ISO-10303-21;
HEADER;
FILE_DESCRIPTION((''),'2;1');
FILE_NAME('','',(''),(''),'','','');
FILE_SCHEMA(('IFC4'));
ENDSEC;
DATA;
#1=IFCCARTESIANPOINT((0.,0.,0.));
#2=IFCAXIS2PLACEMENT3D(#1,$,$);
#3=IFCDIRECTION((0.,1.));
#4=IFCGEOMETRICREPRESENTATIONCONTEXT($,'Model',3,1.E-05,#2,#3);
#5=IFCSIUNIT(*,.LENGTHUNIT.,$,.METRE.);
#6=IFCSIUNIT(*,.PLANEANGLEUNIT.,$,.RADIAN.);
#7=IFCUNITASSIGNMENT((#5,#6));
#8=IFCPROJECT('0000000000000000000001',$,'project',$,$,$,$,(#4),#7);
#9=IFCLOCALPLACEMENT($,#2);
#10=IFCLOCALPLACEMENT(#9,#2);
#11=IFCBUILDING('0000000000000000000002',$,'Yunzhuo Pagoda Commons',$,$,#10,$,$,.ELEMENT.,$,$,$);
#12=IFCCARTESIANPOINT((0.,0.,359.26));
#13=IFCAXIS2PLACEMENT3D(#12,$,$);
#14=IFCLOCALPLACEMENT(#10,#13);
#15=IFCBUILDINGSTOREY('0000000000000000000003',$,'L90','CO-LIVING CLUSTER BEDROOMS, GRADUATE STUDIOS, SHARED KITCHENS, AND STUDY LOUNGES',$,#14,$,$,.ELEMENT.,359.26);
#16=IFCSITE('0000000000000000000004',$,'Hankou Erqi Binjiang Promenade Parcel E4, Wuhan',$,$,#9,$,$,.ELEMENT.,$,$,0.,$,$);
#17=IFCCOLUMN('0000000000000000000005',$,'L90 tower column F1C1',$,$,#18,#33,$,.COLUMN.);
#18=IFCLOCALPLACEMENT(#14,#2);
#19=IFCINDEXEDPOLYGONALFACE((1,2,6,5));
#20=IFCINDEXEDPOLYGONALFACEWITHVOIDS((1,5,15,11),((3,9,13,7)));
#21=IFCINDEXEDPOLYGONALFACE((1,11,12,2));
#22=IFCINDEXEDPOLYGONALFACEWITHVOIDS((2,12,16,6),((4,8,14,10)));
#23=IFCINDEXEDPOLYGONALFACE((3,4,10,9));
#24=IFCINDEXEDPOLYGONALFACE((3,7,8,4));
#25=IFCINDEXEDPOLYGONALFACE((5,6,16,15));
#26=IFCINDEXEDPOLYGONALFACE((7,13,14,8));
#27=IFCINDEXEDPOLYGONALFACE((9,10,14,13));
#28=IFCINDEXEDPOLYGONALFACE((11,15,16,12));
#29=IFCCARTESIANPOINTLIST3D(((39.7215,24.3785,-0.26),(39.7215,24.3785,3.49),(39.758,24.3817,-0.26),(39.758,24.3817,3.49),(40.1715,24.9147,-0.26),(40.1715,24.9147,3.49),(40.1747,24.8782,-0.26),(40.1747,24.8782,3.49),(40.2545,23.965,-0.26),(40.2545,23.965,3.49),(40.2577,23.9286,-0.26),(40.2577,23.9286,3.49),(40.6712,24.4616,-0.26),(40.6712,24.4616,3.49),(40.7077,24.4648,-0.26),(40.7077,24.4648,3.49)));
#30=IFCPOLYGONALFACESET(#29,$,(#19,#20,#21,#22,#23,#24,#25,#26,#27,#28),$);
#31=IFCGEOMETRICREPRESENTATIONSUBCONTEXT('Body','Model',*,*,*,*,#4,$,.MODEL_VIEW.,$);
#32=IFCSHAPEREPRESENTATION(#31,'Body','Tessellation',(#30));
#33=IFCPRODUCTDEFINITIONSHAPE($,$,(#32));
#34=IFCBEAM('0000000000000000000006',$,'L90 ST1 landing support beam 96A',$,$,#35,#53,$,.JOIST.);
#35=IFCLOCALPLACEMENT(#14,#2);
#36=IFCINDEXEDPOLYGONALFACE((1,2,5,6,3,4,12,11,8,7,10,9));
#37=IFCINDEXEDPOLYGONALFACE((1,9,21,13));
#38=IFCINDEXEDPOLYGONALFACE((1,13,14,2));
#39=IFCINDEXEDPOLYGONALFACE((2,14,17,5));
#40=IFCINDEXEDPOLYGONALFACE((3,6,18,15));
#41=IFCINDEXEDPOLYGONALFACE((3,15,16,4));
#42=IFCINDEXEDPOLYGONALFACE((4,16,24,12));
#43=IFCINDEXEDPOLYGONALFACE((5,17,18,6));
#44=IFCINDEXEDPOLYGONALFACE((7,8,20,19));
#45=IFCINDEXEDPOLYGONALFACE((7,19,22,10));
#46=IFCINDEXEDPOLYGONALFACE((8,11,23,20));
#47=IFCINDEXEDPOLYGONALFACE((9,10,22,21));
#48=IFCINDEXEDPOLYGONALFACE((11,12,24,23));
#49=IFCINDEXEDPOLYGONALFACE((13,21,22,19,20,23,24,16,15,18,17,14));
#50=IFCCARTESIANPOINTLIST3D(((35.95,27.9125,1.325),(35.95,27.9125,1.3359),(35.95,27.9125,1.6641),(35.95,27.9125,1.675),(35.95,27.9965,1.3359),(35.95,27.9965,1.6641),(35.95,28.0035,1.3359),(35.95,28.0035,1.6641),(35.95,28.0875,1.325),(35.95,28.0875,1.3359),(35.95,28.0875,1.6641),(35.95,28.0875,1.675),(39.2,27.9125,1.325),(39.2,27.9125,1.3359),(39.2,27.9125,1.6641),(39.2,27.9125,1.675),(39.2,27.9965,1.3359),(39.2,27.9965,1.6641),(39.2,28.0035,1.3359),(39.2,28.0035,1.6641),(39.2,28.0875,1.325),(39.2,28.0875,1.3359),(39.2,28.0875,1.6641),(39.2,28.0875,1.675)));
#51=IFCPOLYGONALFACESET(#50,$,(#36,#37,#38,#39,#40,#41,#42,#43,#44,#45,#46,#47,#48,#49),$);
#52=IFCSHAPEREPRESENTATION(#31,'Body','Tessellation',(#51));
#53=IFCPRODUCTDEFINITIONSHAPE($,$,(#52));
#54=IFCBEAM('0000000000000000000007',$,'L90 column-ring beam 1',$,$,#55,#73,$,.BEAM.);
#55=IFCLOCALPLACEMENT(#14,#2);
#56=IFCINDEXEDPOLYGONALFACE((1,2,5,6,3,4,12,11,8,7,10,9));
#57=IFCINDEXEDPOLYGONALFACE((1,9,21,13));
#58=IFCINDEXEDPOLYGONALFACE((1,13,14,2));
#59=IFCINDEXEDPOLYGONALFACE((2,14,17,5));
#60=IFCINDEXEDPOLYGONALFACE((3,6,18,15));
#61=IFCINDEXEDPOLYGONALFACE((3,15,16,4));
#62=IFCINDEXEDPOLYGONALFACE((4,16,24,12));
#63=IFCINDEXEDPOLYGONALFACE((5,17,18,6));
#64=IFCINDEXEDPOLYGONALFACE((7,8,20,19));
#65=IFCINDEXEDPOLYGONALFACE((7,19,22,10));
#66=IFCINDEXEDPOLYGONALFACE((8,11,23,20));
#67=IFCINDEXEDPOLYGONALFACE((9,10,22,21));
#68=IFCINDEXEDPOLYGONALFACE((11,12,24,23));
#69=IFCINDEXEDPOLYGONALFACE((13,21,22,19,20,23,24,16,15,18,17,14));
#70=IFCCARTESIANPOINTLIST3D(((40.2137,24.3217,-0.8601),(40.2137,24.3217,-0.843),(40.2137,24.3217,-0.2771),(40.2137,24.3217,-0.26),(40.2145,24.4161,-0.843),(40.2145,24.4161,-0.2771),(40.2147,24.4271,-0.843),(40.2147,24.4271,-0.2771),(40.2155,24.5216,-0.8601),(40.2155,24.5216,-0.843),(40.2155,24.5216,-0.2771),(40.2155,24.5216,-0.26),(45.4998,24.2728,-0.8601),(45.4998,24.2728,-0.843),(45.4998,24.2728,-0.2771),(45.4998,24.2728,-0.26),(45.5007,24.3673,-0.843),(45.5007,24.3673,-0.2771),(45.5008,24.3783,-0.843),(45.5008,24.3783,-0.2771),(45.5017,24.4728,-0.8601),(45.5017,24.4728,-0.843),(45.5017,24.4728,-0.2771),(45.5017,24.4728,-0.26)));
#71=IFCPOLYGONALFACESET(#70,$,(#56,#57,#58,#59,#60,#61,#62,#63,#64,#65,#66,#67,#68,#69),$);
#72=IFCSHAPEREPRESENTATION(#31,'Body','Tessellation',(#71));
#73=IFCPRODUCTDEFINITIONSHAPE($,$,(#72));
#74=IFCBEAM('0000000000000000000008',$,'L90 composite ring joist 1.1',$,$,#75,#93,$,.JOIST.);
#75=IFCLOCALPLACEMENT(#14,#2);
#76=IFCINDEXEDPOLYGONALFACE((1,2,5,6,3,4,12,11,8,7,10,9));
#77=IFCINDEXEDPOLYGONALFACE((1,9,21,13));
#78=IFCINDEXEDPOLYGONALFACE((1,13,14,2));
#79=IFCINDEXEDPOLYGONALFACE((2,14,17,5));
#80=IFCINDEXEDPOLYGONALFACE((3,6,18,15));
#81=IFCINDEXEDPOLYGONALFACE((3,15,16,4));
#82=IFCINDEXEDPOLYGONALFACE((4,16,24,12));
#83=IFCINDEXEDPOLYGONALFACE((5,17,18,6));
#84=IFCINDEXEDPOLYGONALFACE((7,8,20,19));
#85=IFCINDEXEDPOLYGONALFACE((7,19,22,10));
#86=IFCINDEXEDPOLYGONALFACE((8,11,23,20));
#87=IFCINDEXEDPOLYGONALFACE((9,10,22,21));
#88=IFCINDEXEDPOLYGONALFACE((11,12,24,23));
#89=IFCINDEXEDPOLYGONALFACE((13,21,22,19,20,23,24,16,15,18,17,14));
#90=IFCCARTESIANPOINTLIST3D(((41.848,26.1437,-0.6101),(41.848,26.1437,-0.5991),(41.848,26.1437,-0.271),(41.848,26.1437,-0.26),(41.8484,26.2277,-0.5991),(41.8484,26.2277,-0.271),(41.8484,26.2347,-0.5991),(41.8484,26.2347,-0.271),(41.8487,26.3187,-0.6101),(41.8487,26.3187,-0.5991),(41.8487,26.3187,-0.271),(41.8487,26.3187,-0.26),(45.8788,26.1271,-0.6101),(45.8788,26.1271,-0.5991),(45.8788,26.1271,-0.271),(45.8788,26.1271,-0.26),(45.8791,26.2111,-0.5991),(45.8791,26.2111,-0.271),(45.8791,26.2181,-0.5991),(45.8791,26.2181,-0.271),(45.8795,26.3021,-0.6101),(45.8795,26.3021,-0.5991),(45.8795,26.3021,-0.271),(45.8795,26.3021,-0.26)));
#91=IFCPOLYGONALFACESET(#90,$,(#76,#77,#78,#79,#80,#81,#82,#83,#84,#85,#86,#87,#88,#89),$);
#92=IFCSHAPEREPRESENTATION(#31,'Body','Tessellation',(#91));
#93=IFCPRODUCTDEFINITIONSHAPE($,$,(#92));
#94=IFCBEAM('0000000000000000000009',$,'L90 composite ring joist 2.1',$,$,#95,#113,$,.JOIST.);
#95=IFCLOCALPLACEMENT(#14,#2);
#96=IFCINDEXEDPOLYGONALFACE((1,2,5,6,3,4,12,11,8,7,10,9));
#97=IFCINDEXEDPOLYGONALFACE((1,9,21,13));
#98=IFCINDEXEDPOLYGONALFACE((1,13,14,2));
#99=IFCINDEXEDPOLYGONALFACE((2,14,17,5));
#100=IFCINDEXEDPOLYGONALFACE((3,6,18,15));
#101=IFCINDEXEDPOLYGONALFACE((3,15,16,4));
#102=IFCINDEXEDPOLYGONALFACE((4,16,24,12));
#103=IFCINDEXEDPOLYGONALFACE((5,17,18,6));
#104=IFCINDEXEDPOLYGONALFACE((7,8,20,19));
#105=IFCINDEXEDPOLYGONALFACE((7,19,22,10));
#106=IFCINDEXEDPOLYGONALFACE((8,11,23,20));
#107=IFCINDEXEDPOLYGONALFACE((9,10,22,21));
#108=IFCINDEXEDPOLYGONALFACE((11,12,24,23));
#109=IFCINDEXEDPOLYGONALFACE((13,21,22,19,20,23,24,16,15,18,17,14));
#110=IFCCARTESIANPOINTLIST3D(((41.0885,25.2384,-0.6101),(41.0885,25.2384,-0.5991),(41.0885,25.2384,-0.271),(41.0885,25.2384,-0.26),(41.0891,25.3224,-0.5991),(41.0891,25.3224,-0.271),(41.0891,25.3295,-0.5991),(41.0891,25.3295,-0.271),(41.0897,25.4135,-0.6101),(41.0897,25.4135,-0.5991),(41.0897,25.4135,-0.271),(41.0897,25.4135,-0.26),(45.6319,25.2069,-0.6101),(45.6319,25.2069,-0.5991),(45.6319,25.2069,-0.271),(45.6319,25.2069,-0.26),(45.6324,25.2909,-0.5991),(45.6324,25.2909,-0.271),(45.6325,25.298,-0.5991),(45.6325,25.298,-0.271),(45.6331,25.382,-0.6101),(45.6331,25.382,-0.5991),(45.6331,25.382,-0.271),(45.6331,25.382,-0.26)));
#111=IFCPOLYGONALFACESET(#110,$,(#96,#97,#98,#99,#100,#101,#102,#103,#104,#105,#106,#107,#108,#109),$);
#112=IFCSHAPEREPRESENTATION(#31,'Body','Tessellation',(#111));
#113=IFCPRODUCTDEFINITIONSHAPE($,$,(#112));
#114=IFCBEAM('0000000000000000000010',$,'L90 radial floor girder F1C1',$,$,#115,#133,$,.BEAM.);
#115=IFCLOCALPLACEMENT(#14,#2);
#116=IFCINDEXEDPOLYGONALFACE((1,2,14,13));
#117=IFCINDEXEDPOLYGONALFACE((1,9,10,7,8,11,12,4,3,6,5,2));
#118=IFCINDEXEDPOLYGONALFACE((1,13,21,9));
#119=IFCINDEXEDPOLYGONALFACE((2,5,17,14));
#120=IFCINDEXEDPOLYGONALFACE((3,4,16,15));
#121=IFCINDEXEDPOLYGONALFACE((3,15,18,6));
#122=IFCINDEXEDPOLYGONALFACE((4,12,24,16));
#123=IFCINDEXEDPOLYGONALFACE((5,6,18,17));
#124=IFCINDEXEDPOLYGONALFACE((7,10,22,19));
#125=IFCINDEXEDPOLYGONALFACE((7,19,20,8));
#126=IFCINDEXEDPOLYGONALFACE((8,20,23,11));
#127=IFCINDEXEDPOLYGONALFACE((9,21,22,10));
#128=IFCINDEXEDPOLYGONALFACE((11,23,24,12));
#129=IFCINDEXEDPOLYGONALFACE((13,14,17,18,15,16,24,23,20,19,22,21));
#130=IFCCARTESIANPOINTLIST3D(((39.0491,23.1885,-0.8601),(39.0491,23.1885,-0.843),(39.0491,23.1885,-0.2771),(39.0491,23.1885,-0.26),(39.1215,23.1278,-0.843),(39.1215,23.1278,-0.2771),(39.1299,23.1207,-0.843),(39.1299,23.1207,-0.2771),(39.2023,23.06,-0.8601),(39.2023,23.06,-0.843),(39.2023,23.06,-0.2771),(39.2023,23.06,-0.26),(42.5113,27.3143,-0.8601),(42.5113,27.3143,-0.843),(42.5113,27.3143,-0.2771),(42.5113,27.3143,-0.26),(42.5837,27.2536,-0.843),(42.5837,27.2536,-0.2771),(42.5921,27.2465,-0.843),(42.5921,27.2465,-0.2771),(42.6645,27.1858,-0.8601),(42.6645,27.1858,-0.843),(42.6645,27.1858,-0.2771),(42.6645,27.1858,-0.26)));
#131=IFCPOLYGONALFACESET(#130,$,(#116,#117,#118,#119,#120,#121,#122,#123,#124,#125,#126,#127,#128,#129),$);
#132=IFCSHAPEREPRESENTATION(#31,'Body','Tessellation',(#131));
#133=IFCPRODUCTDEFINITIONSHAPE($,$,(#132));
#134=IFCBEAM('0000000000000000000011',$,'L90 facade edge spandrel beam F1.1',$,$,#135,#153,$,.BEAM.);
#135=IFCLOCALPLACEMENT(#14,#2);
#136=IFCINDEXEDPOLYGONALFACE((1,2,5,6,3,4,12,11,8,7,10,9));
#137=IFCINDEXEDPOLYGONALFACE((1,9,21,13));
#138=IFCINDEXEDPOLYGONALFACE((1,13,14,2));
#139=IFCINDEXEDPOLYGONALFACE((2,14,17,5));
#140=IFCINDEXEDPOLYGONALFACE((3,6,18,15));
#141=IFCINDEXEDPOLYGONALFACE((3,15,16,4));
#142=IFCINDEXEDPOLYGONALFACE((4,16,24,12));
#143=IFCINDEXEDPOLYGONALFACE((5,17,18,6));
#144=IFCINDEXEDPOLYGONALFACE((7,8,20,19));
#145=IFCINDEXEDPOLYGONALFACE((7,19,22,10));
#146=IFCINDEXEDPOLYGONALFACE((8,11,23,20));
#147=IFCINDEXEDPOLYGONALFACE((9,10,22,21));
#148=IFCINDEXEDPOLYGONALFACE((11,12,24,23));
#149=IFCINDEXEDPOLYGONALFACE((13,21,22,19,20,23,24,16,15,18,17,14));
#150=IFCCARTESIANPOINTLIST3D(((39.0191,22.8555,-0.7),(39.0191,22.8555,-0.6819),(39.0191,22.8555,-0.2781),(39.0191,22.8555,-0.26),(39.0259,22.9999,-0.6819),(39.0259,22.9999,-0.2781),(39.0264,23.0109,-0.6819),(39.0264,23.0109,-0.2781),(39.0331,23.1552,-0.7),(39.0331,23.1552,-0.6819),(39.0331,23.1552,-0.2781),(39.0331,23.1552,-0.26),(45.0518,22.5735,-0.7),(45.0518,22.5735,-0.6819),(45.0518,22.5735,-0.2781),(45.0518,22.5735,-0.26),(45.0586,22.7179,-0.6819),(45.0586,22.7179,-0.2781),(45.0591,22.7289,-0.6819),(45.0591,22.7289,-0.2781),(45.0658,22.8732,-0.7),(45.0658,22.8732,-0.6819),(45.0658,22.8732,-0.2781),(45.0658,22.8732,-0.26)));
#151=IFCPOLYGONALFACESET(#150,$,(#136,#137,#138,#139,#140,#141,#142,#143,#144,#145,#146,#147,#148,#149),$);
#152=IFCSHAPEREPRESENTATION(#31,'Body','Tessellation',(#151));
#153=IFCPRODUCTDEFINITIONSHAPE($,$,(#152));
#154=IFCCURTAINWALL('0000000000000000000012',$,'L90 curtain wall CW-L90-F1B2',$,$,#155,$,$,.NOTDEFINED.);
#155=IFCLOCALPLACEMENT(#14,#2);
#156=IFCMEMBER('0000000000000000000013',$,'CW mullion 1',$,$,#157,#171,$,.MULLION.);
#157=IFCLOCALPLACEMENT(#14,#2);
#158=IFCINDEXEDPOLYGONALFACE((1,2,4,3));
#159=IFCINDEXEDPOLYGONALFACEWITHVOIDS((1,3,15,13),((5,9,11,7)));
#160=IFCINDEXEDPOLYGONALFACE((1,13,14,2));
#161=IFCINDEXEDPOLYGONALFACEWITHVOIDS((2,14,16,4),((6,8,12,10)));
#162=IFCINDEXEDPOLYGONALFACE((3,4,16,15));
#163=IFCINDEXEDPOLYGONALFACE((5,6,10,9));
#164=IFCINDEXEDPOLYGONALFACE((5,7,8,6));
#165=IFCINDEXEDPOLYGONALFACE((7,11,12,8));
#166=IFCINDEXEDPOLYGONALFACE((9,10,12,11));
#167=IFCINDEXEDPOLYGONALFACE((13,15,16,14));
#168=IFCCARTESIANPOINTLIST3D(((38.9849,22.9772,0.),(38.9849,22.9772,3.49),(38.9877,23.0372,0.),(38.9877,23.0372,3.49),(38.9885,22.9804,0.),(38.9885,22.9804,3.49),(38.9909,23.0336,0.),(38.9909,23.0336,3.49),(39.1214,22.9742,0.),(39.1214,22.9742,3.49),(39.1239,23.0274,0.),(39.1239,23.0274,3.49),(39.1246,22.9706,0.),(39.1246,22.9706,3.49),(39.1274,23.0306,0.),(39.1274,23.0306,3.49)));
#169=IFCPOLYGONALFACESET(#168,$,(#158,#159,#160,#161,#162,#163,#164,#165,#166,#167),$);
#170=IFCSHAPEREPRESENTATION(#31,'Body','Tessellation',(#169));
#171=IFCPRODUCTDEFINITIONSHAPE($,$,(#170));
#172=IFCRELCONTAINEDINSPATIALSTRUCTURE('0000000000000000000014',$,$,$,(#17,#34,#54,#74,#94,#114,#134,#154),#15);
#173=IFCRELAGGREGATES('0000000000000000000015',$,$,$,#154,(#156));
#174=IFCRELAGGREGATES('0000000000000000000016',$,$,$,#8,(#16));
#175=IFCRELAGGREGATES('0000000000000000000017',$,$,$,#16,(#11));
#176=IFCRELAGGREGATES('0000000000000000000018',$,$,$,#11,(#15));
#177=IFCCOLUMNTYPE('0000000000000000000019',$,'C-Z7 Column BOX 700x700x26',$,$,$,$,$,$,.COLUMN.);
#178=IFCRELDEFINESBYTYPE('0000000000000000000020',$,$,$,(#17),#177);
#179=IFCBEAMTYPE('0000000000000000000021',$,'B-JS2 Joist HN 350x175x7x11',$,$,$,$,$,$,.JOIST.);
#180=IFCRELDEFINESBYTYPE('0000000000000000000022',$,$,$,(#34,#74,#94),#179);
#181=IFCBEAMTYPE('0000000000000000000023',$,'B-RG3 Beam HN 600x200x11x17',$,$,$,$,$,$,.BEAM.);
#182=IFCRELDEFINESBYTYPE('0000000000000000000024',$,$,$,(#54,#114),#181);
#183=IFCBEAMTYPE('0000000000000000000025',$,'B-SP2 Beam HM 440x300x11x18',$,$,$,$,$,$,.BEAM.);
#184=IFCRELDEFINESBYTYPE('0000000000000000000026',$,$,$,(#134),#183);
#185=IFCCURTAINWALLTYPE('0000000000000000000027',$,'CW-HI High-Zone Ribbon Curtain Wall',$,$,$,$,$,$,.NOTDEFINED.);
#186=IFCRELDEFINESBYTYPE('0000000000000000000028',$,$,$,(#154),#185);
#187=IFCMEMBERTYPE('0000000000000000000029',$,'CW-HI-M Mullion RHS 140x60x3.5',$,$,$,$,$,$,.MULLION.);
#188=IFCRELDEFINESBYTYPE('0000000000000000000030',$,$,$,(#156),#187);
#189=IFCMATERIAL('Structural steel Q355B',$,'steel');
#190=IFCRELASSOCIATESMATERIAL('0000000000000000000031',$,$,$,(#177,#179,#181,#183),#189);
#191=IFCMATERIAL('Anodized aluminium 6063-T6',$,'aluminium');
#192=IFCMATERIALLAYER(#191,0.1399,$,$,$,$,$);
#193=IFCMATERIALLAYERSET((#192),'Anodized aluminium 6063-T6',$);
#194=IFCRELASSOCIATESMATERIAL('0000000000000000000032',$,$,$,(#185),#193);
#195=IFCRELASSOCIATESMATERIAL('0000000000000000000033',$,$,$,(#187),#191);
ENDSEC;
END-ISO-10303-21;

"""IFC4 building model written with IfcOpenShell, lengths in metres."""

from ifc_helpers import new_model, si_unit, direction, frame, origin, origin_2d, place, context, subcontext, project, spatial, hollow_rectangle, i_section, extrude, source, transform, mapped, material, layer, layer_set, material_profile, profile_set, type_object, element, aggregate, save


model = new_model("IFC4")

# Units and contexts
model_context = context("Model", 3, precision=1e-05, world=origin(), true_north=direction((0.0, 1.0)))
body_context = subcontext(model_context, "Body", "Model", "MODEL_VIEW")
ifc_project = project(units=[si_unit("LENGTHUNIT", "METRE"), si_unit("PLANEANGLEUNIT", "RADIAN")], contexts=[model_context])

# Site, building, storey
site_placement = place(None, origin())
site = spatial("IfcSite", under=ifc_project, at=site_placement, Name="Hankou Erqi Binjiang Promenade Parcel E4, Wuhan", CompositionType="ELEMENT", RefElevation=0.0)
building_placement = place(site_placement, origin())
building = spatial("IfcBuilding", under=site, at=building_placement, Name="Yunzhuo Pagoda Commons", CompositionType="ELEMENT")
storey_placement = place(building_placement, frame((0.0, 0.0, 359.26)))
storey = spatial("IfcBuildingStorey", under=building, at=storey_placement, Name="L90", Description="CO-LIVING CLUSTER BEDROOMS, GRADUATE STUDIOS, SHARED KITCHENS, AND STUDY LOUNGES", CompositionType="ELEMENT", Elevation=359.26)

# Column
ifc_material_1 = material(Name="Structural steel Q355B", Category="steel")
ifc_material_profile_1 = material_profile(ifc_material_1, hollow_rectangle(XDim=0.7, YDim=0.7, WallThickness=0.0259, at=origin_2d()), Name="Structural steel Q355B")
ifc_profile_set_1 = profile_set([ifc_material_profile_1], Name="Structural steel Q355B")
column_type = type_object("IfcColumnType", Name="C-Z7 Column BOX 700x700x26", PredefinedType="COLUMN", material=ifc_profile_set_1)
shared_shape_1 = source(origin(), body_context, "Body", "SweptSolid", [
    extrude(hollow_rectangle(XDim=0.7, YDim=0.7, WallThickness=0.0259, at=origin_2d()), origin(), (0.0, 0.0, 1.0), 3.75),
])
column_placement = place(storey_placement, frame((40.2146, 24.4216, -0.26), z_axis=(0.0, 0.0, 1.0), x_axis=(0.766044, -0.642788, 0.0)))
element("IfcColumn", 1, at=column_placement, inside=storey, type_object=column_type, Name="L90 tower column F1C1", PredefinedType="COLUMN", context=body_context, shape_type="MappedRepresentation", body=[
    mapped(shared_shape_1, transform((0.0, 0.0, 0.0), scale=1.0)),
])

# Beams
ifc_material_profile_2 = material_profile(ifc_material_1, i_section(OverallWidth=0.175, OverallDepth=0.3501, WebThickness=0.0071, FlangeThickness=0.011, at=origin_2d()), Name="Structural steel Q355B")
ifc_profile_set_2 = profile_set([ifc_material_profile_2], Name="Structural steel Q355B")
beam_type_1 = type_object("IfcBeamType", Name="B-JS2 Joist HN 350x175x7x11", PredefinedType="JOIST", material=ifc_profile_set_2)
shared_shape_2 = source(origin(), body_context, "Body", "SweptSolid", [
    extrude(i_section(OverallWidth=0.175, OverallDepth=0.3501, WebThickness=0.0071, FlangeThickness=0.011, at=origin_2d()), origin(), (0.0, 0.0, 1.0), 3.25),
])
beam_1_placement = place(storey_placement, frame((35.95, 28.0, 1.5), z_axis=(1.0, 0.0, 0.0), x_axis=(0.0, 1.0, 0.0)))
element("IfcBeam", 2, at=beam_1_placement, inside=storey, type_object=beam_type_1, Name="L90 ST1 landing support beam 96A", PredefinedType="JOIST", context=body_context, shape_type="MappedRepresentation", body=[
    mapped(shared_shape_2, transform((0.0, 0.0, 0.0), scale=1.0)),
])
ifc_material_profile_3 = material_profile(ifc_material_1, i_section(OverallWidth=0.2, OverallDepth=0.6001, WebThickness=0.011, FlangeThickness=0.0171, at=origin_2d()), Name="Structural steel Q355B")
ifc_profile_set_3 = profile_set([ifc_material_profile_3], Name="Structural steel Q355B")
beam_type_2 = type_object("IfcBeamType", Name="B-RG3 Beam HN 600x200x11x17", PredefinedType="BEAM", material=ifc_profile_set_3)
shared_shape_3 = source(origin(), body_context, "Body", "SweptSolid", [
    extrude(i_section(OverallWidth=0.2, OverallDepth=0.6001, WebThickness=0.011, FlangeThickness=0.0171, at=origin_2d()), origin(), (0.0, 0.0, 1.0), 5.2864),
])
beam_2_placement = place(storey_placement, frame((40.2146, 24.4216, -0.5601), z_axis=(0.999957, -0.009237, 0.0), x_axis=(0.009237, 0.999957, 0.0)))
element("IfcBeam", 3, at=beam_2_placement, inside=storey, type_object=beam_type_2, Name="L90 column-ring beam 1", PredefinedType="BEAM", context=body_context, shape_type="MappedRepresentation", body=[
    mapped(shared_shape_3, transform((0.0, 0.0, 0.0), scale=1.0)),
])
shared_shape_4 = source(origin(), body_context, "Body", "SweptSolid", [
    extrude(i_section(OverallWidth=0.175, OverallDepth=0.3501, WebThickness=0.0071, FlangeThickness=0.011, at=origin_2d()), origin(), (0.0, 0.0, 1.0), 4.0308),
])
beam_3_placement = place(storey_placement, frame((41.8484, 26.2312, -0.4351), z_axis=(0.999992, -0.004119, 0.0), x_axis=(0.004119, 0.999992, 0.0)))
element("IfcBeam", 4, at=beam_3_placement, inside=storey, type_object=beam_type_1, Name="L90 composite ring joist 1.1", PredefinedType="JOIST", context=body_context, shape_type="MappedRepresentation", body=[
    mapped(shared_shape_4, transform((0.0, 0.0, 0.0), scale=1.0)),
])
shared_shape_5 = source(origin(), body_context, "Body", "SweptSolid", [
    extrude(i_section(OverallWidth=0.175, OverallDepth=0.3501, WebThickness=0.0071, FlangeThickness=0.011, at=origin_2d()), origin(), (0.0, 0.0, 1.0), 4.5435),
])
beam_4_placement = place(storey_placement, frame((41.0891, 25.3259, -0.4351), z_axis=(0.999976, -0.006932, 0.0), x_axis=(0.006932, 0.999976, 0.0)))
element("IfcBeam", 5, at=beam_4_placement, inside=storey, type_object=beam_type_1, Name="L90 composite ring joist 2.1", PredefinedType="JOIST", context=body_context, shape_type="MappedRepresentation", body=[
    mapped(shared_shape_5, transform((0.0, 0.0, 0.0), scale=1.0)),
])
shared_shape_6 = source(origin(), body_context, "Body", "SweptSolid", [
    extrude(i_section(OverallWidth=0.2, OverallDepth=0.6001, WebThickness=0.011, FlangeThickness=0.0171, at=origin_2d()), origin(), (0.0, 0.0, 1.0), 5.386),
])
beam_5_placement = place(storey_placement, frame((39.1257, 23.1243, -0.5601), z_axis=(0.642816, 0.766021, 0.0), x_axis=(-0.766021, 0.642816, 0.0)))
element("IfcBeam", 6, at=beam_5_placement, inside=storey, type_object=beam_type_2, Name="L90 radial floor girder F1C1", PredefinedType="BEAM", context=body_context, shape_type="MappedRepresentation", body=[
    mapped(shared_shape_6, transform((0.0, 0.0, 0.0), scale=1.0)),
])
ifc_material_profile_4 = material_profile(ifc_material_1, i_section(OverallWidth=0.3, OverallDepth=0.4399, WebThickness=0.011, FlangeThickness=0.0181, at=origin_2d()), Name="Structural steel Q355B")
ifc_profile_set_4 = profile_set([ifc_material_profile_4], Name="Structural steel Q355B")
beam_type_3 = type_object("IfcBeamType", Name="B-SP2 Beam HM 440x300x11x18", PredefinedType="BEAM", material=ifc_profile_set_4)
shared_shape_7 = source(origin(), body_context, "Body", "SweptSolid", [
    extrude(i_section(OverallWidth=0.3, OverallDepth=0.4399, WebThickness=0.011, FlangeThickness=0.0181, at=origin_2d()), origin(), (0.0, 0.0, 1.0), 6.0393),
])
beam_6_placement = place(storey_placement, frame((39.0261, 23.0054, -0.48), z_axis=(0.998909, -0.046691, 0.0), x_axis=(0.046691, 0.998909, 0.0)))
element("IfcBeam", 7, at=beam_6_placement, inside=storey, type_object=beam_type_3, Name="L90 facade edge spandrel beam F1.1", PredefinedType="BEAM", context=body_context, shape_type="MappedRepresentation", body=[
    mapped(shared_shape_7, transform((0.0, 0.0, 0.0), scale=1.0)),
])

# Curtain wall, member
ifc_material_2 = material(Name="Anodized aluminium 6063-T6", Category="aluminium")
ifc_layer_1 = layer(ifc_material_2, 0.1399)
ifc_layer_set_1 = layer_set([ifc_layer_1], Name="Anodized aluminium 6063-T6")
curtain_wall_type = type_object("IfcCurtainWallType", Name="CW-HI High-Zone Ribbon Curtain Wall", PredefinedType="NOTDEFINED", material=ifc_layer_set_1)
curtain_wall_1_placement = place(storey_placement, origin())
curtain_wall_1 = element("IfcCurtainWall", 8, at=curtain_wall_1_placement, inside=storey, type_object=curtain_wall_type, Name="L90 curtain wall CW-L90-F1B2", PredefinedType="NOTDEFINED")
ifc_material_profile_5 = material_profile(ifc_material_2, hollow_rectangle(XDim=0.0601, YDim=0.1399, WallThickness=0.0034, at=origin_2d()), Name="Anodized aluminium 6063-T6")
ifc_profile_set_5 = profile_set([ifc_material_profile_5], Name="Anodized aluminium 6063-T6")
member_type_1 = type_object("IfcMemberType", Name="CW-HI-M Mullion RHS 140x60x3.5", PredefinedType="MULLION", material=ifc_profile_set_5)
shared_shape_8 = source(origin(), body_context, "Body", "SweptSolid", [
    extrude(hollow_rectangle(XDim=0.0601, YDim=0.1399, WallThickness=0.0034, at=origin_2d()), origin(), (0.0, 0.0, 1.0), 3.49),
])
member_1_placement = place(storey_placement, frame((39.0562, 23.0039, 0.0), z_axis=(0.0, 0.0, 1.0), x_axis=(0.046712, 0.998908, 0.0)))
member_1 = element("IfcMember", 9, at=member_1_placement, type_object=member_type_1, Name="CW mullion 1", PredefinedType="MULLION", context=body_context, shape_type="MappedRepresentation", body=[
    mapped(shared_shape_8, transform((0.0, 0.0, 0.0), scale=1.0)),
])

aggregate(curtain_wall_1, [member_1])

save(model, "model.ifc")
